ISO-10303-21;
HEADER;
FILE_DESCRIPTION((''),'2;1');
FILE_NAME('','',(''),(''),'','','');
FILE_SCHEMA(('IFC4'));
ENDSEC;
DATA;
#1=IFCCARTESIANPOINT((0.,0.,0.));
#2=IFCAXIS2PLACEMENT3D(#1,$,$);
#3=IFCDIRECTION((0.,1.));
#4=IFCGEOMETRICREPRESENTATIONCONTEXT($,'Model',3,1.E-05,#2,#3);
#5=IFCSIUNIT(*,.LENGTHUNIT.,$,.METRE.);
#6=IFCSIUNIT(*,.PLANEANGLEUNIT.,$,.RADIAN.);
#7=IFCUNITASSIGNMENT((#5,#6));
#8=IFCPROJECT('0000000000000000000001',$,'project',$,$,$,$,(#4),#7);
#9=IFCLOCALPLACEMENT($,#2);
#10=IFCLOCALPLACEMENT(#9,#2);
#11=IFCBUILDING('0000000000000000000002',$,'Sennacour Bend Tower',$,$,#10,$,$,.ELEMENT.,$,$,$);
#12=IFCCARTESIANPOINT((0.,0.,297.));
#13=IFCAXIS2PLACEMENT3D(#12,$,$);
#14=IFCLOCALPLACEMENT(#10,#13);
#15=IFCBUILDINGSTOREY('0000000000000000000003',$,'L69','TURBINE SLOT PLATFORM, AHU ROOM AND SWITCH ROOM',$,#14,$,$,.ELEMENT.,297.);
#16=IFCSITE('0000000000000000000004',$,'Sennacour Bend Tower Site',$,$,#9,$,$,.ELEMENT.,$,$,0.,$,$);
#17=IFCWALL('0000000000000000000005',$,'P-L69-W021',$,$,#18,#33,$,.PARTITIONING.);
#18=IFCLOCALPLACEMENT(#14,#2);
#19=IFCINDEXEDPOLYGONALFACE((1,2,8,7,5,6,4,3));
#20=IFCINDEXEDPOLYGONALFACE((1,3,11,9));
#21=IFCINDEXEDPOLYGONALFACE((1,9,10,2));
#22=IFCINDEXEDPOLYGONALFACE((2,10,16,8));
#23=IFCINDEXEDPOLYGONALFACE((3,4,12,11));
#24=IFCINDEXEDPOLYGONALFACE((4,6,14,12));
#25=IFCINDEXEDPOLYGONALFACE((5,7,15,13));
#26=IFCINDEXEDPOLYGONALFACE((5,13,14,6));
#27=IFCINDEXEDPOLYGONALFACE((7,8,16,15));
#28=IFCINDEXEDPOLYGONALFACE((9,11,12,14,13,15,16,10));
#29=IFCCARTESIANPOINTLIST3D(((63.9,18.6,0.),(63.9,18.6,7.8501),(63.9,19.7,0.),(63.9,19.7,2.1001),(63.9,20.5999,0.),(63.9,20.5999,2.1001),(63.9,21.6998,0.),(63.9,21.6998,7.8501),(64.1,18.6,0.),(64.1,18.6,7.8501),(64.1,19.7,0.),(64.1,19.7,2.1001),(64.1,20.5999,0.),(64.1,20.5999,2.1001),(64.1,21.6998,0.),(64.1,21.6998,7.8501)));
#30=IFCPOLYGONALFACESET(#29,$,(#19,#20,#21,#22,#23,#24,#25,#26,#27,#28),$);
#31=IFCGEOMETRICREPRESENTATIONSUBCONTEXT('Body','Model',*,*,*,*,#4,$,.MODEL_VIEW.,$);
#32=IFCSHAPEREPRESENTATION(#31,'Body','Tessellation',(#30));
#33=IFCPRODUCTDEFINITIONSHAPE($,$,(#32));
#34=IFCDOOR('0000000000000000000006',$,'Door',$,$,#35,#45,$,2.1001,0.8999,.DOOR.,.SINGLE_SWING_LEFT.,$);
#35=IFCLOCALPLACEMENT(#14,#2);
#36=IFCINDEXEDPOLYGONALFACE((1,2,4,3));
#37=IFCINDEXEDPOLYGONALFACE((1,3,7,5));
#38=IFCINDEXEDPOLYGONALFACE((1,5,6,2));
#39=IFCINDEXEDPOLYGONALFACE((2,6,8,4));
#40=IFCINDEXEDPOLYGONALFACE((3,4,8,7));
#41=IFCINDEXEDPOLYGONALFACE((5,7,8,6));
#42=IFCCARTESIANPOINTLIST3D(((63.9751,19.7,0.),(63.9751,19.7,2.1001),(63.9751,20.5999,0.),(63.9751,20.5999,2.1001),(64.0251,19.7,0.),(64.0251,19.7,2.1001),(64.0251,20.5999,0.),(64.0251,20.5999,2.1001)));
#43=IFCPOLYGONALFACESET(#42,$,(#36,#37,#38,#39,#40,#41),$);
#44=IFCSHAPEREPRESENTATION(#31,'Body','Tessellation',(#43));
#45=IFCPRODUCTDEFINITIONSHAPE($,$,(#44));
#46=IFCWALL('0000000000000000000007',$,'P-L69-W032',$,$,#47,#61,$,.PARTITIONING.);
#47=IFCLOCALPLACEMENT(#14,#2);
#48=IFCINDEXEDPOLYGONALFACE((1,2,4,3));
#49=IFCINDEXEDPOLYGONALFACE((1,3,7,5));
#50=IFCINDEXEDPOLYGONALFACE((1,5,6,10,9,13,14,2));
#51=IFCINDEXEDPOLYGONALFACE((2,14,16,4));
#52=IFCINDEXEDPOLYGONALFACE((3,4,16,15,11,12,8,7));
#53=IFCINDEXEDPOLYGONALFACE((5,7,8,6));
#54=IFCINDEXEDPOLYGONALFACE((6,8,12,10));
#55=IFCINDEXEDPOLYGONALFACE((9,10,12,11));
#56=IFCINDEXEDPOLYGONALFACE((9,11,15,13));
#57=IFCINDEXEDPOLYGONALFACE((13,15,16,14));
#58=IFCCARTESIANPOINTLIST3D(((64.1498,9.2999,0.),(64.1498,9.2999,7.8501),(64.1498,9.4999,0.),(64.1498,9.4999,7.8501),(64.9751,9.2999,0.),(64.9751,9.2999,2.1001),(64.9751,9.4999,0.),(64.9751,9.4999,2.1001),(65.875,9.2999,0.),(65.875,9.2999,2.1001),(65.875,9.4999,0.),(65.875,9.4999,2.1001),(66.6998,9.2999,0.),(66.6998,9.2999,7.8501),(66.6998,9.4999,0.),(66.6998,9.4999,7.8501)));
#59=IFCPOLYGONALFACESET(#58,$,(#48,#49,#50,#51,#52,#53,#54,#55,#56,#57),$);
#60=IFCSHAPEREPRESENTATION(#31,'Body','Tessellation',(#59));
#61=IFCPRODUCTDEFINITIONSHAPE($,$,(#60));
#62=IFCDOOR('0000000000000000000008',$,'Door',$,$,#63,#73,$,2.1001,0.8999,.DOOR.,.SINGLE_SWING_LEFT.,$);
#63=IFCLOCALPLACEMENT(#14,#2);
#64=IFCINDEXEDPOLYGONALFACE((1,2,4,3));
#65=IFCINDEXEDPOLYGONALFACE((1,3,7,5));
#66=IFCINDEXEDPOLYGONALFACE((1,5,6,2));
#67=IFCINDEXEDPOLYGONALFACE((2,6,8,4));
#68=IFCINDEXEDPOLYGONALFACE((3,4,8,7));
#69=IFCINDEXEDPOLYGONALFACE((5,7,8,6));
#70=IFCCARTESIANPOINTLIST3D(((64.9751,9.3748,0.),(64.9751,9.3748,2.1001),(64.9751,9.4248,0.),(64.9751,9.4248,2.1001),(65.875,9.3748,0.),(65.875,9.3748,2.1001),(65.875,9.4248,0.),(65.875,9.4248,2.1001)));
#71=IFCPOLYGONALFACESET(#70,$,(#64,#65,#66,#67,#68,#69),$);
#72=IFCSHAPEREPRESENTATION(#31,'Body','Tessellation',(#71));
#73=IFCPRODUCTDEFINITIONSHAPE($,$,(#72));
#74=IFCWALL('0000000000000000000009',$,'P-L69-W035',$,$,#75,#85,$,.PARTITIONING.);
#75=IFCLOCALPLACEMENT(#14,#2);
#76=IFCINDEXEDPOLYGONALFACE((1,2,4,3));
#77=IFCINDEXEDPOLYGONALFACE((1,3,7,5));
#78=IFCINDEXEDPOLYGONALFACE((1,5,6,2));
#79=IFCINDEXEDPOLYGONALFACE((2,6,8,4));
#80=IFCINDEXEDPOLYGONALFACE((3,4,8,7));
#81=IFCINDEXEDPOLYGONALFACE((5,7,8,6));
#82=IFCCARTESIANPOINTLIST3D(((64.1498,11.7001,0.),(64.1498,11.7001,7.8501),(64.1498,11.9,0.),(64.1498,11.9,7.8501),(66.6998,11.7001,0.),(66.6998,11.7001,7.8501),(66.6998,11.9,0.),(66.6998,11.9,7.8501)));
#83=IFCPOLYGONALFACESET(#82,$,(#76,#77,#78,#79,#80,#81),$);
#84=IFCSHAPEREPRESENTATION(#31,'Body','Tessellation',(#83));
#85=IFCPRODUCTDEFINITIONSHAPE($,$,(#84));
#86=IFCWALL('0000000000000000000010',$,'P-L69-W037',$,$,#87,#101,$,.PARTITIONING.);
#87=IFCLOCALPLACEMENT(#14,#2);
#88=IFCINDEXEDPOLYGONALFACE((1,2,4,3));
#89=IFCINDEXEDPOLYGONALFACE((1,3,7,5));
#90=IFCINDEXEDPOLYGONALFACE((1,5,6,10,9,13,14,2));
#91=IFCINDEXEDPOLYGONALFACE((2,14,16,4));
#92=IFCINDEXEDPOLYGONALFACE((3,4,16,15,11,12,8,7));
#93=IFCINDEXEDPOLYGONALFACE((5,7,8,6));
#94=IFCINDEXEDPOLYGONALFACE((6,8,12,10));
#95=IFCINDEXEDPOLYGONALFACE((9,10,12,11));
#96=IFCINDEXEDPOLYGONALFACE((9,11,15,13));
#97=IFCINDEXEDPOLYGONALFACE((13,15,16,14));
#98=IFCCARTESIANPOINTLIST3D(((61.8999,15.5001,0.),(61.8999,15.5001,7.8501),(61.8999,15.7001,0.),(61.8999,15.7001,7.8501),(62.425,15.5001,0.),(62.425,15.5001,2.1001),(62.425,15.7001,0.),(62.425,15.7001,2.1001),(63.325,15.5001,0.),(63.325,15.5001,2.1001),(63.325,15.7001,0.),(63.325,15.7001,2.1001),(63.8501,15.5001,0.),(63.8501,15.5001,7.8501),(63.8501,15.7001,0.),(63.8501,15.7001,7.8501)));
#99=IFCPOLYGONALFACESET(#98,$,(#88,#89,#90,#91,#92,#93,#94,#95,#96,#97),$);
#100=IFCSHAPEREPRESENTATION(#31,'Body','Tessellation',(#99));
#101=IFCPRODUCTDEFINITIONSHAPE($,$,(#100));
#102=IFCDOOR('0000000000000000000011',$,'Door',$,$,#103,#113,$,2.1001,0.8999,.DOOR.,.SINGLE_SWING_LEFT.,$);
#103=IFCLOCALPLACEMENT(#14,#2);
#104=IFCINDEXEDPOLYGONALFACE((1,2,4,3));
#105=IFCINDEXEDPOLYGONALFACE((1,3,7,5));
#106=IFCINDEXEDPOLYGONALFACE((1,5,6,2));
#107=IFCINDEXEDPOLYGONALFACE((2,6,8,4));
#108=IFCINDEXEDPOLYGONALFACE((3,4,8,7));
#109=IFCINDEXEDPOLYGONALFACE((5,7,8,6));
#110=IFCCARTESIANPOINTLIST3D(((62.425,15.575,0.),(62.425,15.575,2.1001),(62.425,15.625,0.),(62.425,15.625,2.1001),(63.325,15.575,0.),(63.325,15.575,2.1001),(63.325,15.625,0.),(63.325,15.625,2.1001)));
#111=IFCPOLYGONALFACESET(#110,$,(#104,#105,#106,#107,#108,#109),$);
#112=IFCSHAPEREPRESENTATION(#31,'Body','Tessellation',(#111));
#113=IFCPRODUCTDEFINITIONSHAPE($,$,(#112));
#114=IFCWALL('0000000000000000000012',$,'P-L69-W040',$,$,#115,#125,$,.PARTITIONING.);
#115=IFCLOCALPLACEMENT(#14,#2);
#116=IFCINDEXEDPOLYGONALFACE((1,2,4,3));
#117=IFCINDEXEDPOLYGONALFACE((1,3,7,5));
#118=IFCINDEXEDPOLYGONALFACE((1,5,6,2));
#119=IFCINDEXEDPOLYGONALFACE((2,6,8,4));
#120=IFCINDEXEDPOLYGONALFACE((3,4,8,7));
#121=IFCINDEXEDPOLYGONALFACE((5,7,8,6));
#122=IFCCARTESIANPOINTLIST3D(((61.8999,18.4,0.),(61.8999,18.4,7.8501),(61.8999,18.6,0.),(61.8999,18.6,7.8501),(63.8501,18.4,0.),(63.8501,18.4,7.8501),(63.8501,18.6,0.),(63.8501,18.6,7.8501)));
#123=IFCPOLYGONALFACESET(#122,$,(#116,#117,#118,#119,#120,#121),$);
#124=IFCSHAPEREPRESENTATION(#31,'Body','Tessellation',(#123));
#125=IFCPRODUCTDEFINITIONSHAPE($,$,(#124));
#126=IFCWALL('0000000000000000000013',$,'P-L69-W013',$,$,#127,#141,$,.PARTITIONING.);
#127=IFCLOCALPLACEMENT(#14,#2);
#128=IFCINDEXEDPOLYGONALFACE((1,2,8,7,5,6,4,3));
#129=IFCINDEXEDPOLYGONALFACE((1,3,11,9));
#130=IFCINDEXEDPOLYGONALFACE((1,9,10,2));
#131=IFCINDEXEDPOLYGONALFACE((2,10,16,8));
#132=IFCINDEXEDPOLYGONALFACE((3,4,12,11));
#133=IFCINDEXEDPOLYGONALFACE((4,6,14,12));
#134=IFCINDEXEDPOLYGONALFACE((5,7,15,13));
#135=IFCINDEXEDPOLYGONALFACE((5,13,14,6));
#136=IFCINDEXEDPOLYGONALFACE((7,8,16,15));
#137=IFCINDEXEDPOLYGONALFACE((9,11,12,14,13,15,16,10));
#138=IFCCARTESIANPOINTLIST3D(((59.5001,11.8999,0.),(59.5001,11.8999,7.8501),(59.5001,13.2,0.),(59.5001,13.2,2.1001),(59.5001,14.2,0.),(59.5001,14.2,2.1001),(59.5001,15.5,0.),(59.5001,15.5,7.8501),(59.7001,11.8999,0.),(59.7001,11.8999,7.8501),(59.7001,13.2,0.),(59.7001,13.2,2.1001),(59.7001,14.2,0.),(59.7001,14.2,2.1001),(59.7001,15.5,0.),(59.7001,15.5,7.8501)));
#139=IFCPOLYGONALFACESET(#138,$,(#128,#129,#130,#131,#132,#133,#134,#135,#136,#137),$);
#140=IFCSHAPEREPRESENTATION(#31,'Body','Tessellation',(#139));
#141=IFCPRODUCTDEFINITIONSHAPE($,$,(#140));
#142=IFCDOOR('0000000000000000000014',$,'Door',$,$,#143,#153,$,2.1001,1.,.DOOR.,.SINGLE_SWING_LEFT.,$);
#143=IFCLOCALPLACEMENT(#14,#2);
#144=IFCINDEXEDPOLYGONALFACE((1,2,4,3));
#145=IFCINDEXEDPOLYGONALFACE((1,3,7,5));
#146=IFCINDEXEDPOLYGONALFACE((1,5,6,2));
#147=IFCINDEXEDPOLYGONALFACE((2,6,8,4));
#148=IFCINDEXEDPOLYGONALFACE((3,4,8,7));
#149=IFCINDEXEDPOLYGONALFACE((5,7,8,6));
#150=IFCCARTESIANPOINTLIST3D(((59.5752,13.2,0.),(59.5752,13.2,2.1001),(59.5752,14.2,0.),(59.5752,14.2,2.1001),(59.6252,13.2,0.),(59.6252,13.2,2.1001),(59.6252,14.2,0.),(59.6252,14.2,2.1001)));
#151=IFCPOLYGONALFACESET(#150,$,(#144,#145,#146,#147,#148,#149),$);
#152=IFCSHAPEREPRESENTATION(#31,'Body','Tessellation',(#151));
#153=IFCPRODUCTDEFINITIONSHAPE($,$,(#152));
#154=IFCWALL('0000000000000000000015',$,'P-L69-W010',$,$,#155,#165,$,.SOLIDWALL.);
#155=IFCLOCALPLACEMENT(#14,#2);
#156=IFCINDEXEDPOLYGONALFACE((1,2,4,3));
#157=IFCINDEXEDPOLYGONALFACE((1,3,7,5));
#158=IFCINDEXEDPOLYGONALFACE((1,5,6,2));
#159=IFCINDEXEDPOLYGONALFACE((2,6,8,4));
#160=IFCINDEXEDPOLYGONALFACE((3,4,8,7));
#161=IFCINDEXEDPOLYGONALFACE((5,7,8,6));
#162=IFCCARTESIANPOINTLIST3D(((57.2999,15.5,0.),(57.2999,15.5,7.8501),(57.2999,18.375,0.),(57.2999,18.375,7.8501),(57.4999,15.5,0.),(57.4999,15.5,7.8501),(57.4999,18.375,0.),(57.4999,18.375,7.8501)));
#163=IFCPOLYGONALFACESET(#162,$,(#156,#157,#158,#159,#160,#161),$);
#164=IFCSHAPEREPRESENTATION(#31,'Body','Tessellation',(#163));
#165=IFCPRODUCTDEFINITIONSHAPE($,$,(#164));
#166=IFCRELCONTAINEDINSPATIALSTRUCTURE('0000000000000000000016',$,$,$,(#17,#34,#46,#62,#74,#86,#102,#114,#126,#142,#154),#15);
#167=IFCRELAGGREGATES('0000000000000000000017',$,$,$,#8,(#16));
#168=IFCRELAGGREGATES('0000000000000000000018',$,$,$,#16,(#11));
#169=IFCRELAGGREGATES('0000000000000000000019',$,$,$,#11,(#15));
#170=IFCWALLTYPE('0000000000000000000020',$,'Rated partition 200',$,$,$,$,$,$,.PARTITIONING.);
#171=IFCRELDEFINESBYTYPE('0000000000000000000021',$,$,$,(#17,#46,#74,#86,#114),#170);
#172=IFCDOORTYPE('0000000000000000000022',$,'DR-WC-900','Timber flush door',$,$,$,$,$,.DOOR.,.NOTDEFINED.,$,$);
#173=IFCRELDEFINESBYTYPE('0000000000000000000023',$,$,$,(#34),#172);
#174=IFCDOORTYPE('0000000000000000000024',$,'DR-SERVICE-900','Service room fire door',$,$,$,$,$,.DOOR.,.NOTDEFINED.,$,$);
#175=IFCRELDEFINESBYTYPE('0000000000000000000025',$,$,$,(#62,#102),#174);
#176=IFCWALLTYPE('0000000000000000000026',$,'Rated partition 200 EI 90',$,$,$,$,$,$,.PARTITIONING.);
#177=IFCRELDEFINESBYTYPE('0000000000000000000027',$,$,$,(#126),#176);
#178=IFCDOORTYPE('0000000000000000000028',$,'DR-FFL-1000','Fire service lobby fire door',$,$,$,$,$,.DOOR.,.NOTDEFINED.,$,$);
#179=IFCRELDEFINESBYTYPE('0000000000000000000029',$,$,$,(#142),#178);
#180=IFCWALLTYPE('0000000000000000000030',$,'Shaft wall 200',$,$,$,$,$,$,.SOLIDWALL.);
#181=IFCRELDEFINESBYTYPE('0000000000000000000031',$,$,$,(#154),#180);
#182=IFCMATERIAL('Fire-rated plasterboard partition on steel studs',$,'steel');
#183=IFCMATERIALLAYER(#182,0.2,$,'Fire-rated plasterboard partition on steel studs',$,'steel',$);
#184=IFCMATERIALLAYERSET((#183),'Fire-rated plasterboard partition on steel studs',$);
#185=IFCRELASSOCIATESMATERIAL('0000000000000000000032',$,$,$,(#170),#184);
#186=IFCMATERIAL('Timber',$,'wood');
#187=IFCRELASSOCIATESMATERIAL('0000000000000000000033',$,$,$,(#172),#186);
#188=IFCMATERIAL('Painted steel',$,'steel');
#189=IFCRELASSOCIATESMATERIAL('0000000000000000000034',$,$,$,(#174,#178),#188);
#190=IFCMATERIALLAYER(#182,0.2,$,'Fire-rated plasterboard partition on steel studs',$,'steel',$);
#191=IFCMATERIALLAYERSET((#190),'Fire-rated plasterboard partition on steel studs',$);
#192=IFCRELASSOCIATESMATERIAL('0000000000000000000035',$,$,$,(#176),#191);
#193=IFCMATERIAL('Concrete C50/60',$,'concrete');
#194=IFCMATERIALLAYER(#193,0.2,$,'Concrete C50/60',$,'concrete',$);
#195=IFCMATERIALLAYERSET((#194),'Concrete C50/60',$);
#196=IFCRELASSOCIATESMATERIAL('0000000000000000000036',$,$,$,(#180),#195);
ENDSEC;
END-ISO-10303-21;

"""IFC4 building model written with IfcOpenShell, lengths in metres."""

from ifc_helpers import new_model, si_unit, direction, frame, frame_2d, origin, place, context, subcontext, project, spatial, rectangle, extrude, material, layer, layer_set, type_object, element, fill, save


model = new_model("IFC4")

# Units and contexts
model_context = context("Model", 3, precision=1e-05, world=origin(), true_north=direction((0.0, 1.0)))
body_context = subcontext(model_context, "Body", "Model", "MODEL_VIEW")
ifc_project = project(units=[si_unit("LENGTHUNIT", "METRE"), si_unit("PLANEANGLEUNIT", "RADIAN")], contexts=[model_context])

# Site, building, storey
site_placement = place(None, origin())
site = spatial("IfcSite", under=ifc_project, at=site_placement, Name="Sennacour Bend Tower Site", CompositionType="ELEMENT", RefElevation=0.0)
building_placement = place(site_placement, origin())
building = spatial("IfcBuilding", under=site, at=building_placement, Name="Sennacour Bend Tower", CompositionType="ELEMENT")
storey_placement = place(building_placement, frame((0.0, 0.0, 297.0)))
storey = spatial("IfcBuildingStorey", under=building, at=storey_placement, Name="L69", Description="TURBINE SLOT PLATFORM, AHU ROOM AND SWITCH ROOM", CompositionType="ELEMENT", Elevation=297.0)

# Walls, openings, doors
ifc_material_1 = material(Name="Fire-rated plasterboard partition on steel studs", Category="steel")
ifc_layer_1 = layer(ifc_material_1, 0.2, Name="Fire-rated plasterboard partition on steel studs", Category="steel")
ifc_layer_set_1 = layer_set([ifc_layer_1], Name="Fire-rated plasterboard partition on steel studs")
wall_type_1 = type_object("IfcWallType", Name="Rated partition 200", PredefinedType="PARTITIONING", material=ifc_layer_set_1)
wall_1_placement = place(storey_placement, frame((64.0, 18.6001, 0.0), z_axis=(0.0, 0.0, 1.0), x_axis=(0.0, 1.0, 0.0)))
wall_1 = element("IfcWall", 1, at=wall_1_placement, inside=storey, type_object=wall_type_1, Name="P-L69-W021", PredefinedType="PARTITIONING", context=body_context, shape_type="SweptSolid", body=[
    extrude(rectangle(XDim=3.0999, YDim=0.2, at=frame_2d((1.5498, 0.0))), origin(), (0.0, 0.0, 1.0), 7.8501),
])
opening_1_placement = place(wall_1_placement, frame((1.0999, 0.0, 0.0)))
opening_1 = element("IfcOpeningElement", 2, at=opening_1_placement, cuts=wall_1, PredefinedType="OPENING", context=body_context, shape_type="SweptSolid", body=[
    extrude(rectangle(XDim=0.8999, YDim=2.1001, at=frame_2d((0.45, 1.05))), frame((0.0, 0.1099, 0.0), z_axis=(0.0, -1.0, 0.0), x_axis=(1.0, 0.0, 0.0)), (0.0, 0.0, 1.0), 0.22),
])
ifc_material_2 = material(Name="Timber", Category="wood")
door_type_1 = type_object("IfcDoorType", Name="DR-WC-900", Description="Timber flush door", OperationType="NOTDEFINED", PredefinedType="DOOR", material=ifc_material_2)
door_1_placement = place(opening_1_placement, origin())
door_1 = element("IfcDoor", 3, at=door_1_placement, inside=storey, type_object=door_type_1, Name="Door", OperationType="SINGLE_SWING_LEFT", OverallHeight=2.1001, OverallWidth=0.8999, PredefinedType="DOOR", context=body_context, shape_type="SweptSolid", body=[
    extrude(rectangle(XDim=0.8999, YDim=2.1001, at=frame_2d((0.45, 1.05))), frame((0.0, 0.0249, 0.0), z_axis=(0.0, -1.0, 0.0), x_axis=(1.0, 0.0, 0.0)), (0.0, 0.0, 1.0), 0.05),
])
fill(opening_1, door_1)
wall_2_placement = place(storey_placement, frame((64.1499, 9.3999, 0.0), z_axis=(0.0, 0.0, 1.0), x_axis=(1.0, 0.0, 0.0)))
wall_2 = element("IfcWall", 4, at=wall_2_placement, inside=storey, type_object=wall_type_1, Name="P-L69-W032", PredefinedType="PARTITIONING", context=body_context, shape_type="SweptSolid", body=[
    extrude(rectangle(XDim=2.55, YDim=0.2, at=frame_2d((1.2749, 0.0))), origin(), (0.0, 0.0, 1.0), 7.8501),
])
opening_2_placement = place(wall_2_placement, frame((0.8252, 0.0, 0.0)))
opening_2 = element("IfcOpeningElement", 5, at=opening_2_placement, cuts=wall_2, PredefinedType="OPENING", context=body_context, shape_type="SweptSolid", body=[
    extrude(rectangle(XDim=0.8999, YDim=2.1001, at=frame_2d((0.45, 1.05))), frame((0.0, 0.1099, 0.0), z_axis=(0.0, -1.0, 0.0), x_axis=(1.0, 0.0, 0.0)), (0.0, 0.0, 1.0), 0.22),
])
ifc_material_3 = material(Name="Painted steel", Category="steel")
door_type_2 = type_object("IfcDoorType", Name="DR-SERVICE-900", Description="Service room fire door", OperationType="NOTDEFINED", PredefinedType="DOOR", material=ifc_material_3)
door_2_placement = place(opening_2_placement, origin())
door_2 = element("IfcDoor", 6, at=door_2_placement, inside=storey, type_object=door_type_2, Name="Door", OperationType="SINGLE_SWING_LEFT", OverallHeight=2.1001, OverallWidth=0.8999, PredefinedType="DOOR", context=body_context, shape_type="SweptSolid", body=[
    extrude(rectangle(XDim=0.8999, YDim=2.1001, at=frame_2d((0.45, 1.05))), frame((0.0, 0.0249, 0.0), z_axis=(0.0, -1.0, 0.0), x_axis=(1.0, 0.0, 0.0)), (0.0, 0.0, 1.0), 0.05),
])
fill(opening_2, door_2)

# Wall
wall_3_placement = place(storey_placement, frame((64.1499, 11.8, 0.0), z_axis=(0.0, 0.0, 1.0), x_axis=(1.0, 0.0, 0.0)))
element("IfcWall", 7, at=wall_3_placement, inside=storey, type_object=wall_type_1, Name="P-L69-W035", PredefinedType="PARTITIONING", context=body_context, shape_type="SweptSolid", body=[
    extrude(rectangle(XDim=2.55, YDim=0.2, at=frame_2d((1.2749, 0.0))), origin(), (0.0, 0.0, 1.0), 7.8501),
])

# Wall, opening, door
wall_4_placement = place(storey_placement, frame((61.8999, 15.6001, 0.0), z_axis=(0.0, 0.0, 1.0), x_axis=(1.0, 0.0, 0.0)))
wall_4 = element("IfcWall", 8, at=wall_4_placement, inside=storey, type_object=wall_type_1, Name="P-L69-W037", PredefinedType="PARTITIONING", context=body_context, shape_type="SweptSolid", body=[
    extrude(rectangle(XDim=1.9502, YDim=0.2, at=frame_2d((0.9751, 0.0))), origin(), (0.0, 0.0, 1.0), 7.8501),
])
opening_3_placement = place(wall_4_placement, frame((0.5251, 0.0, 0.0)))
opening_3 = element("IfcOpeningElement", 9, at=opening_3_placement, cuts=wall_4, PredefinedType="OPENING", context=body_context, shape_type="SweptSolid", body=[
    extrude(rectangle(XDim=0.8999, YDim=2.1001, at=frame_2d((0.45, 1.05))), frame((0.0, 0.1099, 0.0), z_axis=(0.0, -1.0, 0.0), x_axis=(1.0, 0.0, 0.0)), (0.0, 0.0, 1.0), 0.22),
])
door_3_placement = place(opening_3_placement, origin())
door_3 = element("IfcDoor", 10, at=door_3_placement, inside=storey, type_object=door_type_2, Name="Door", OperationType="SINGLE_SWING_LEFT", OverallHeight=2.1001, OverallWidth=0.8999, PredefinedType="DOOR", context=body_context, shape_type="SweptSolid", body=[
    extrude(rectangle(XDim=0.8999, YDim=2.1001, at=frame_2d((0.45, 1.05))), frame((0.0, 0.0249, 0.0), z_axis=(0.0, -1.0, 0.0), x_axis=(1.0, 0.0, 0.0)), (0.0, 0.0, 1.0), 0.05),
])
fill(opening_3, door_3)

# Wall
wall_5_placement = place(storey_placement, frame((61.8999, 18.5, 0.0), z_axis=(0.0, 0.0, 1.0), x_axis=(1.0, 0.0, 0.0)))
element("IfcWall", 11, at=wall_5_placement, inside=storey, type_object=wall_type_1, Name="P-L69-W040", PredefinedType="PARTITIONING", context=body_context, shape_type="SweptSolid", body=[
    extrude(rectangle(XDim=1.9502, YDim=0.2, at=frame_2d((0.9751, 0.0))), origin(), (0.0, 0.0, 1.0), 7.8501),
])

# Wall, opening, door
ifc_layer_2 = layer(ifc_material_1, 0.2, Name="Fire-rated plasterboard partition on steel studs", Category="steel")
ifc_layer_set_2 = layer_set([ifc_layer_2], Name="Fire-rated plasterboard partition on steel studs")
wall_type_2 = type_object("IfcWallType", Name="Rated partition 200 EI 90", PredefinedType="PARTITIONING", material=ifc_layer_set_2)
wall_6_placement = place(storey_placement, frame((59.6001, 11.8999, 0.0), z_axis=(0.0, 0.0, 1.0), x_axis=(0.0, 1.0, 0.0)))
wall_6 = element("IfcWall", 12, at=wall_6_placement, inside=storey, type_object=wall_type_2, Name="P-L69-W013", PredefinedType="PARTITIONING", context=body_context, shape_type="SweptSolid", body=[
    extrude(rectangle(XDim=3.6001, YDim=0.2, at=frame_2d((1.8, 0.0))), origin(), (0.0, 0.0, 1.0), 7.8501),
])
opening_4_placement = place(wall_6_placement, frame((1.3, 0.0, 0.0)))
opening_4 = element("IfcOpeningElement", 13, at=opening_4_placement, cuts=wall_6, PredefinedType="OPENING", context=body_context, shape_type="SweptSolid", body=[
    extrude(rectangle(XDim=1.0, YDim=2.1001, at=frame_2d((0.5, 1.05))), frame((0.0, 0.1099, 0.0), z_axis=(0.0, -1.0, 0.0), x_axis=(1.0, 0.0, 0.0)), (0.0, 0.0, 1.0), 0.22),
])
door_type_3 = type_object("IfcDoorType", Name="DR-FFL-1000", Description="Fire service lobby fire door", OperationType="NOTDEFINED", PredefinedType="DOOR", material=ifc_material_3)
door_4_placement = place(opening_4_placement, origin())
door_4 = element("IfcDoor", 14, at=door_4_placement, inside=storey, type_object=door_type_3, Name="Door", OperationType="SINGLE_SWING_LEFT", OverallHeight=2.1001, OverallWidth=1.0, PredefinedType="DOOR", context=body_context, shape_type="SweptSolid", body=[
    extrude(rectangle(XDim=1.0, YDim=2.1001, at=frame_2d((0.5, 1.05))), frame((0.0, 0.0249, 0.0), z_axis=(0.0, -1.0, 0.0), x_axis=(1.0, 0.0, 0.0)), (0.0, 0.0, 1.0), 0.05),
])
fill(opening_4, door_4)

# Wall
ifc_material_4 = material(Name="Concrete C50/60", Category="concrete")
ifc_layer_3 = layer(ifc_material_4, 0.2, Name="Concrete C50/60", Category="concrete")
ifc_layer_set_3 = layer_set([ifc_layer_3], Name="Concrete C50/60")
wall_type_3 = type_object("IfcWallType", Name="Shaft wall 200", PredefinedType="SOLIDWALL", material=ifc_layer_set_3)
for number, where, z_axis, x_axis, name in (
    (15, (57.3999, 15.5, 0.0), (0.0, 0.0, 1.0), (0.0, 1.0, 0.0), "P-L69-W010"),
):
    element("IfcWall", number, at=place(storey_placement, frame(where, z_axis=z_axis, x_axis=x_axis)), inside=storey, type_object=wall_type_3, Name=name, PredefinedType="SOLIDWALL", context=body_context, shape_type="SweptSolid", body=[
        extrude(rectangle(XDim=2.875, YDim=0.2, at=frame_2d((1.4375, 0.0))), origin(), (0.0, 0.0, 1.0), 7.8501),
    ])

save(model, "model.ifc")
